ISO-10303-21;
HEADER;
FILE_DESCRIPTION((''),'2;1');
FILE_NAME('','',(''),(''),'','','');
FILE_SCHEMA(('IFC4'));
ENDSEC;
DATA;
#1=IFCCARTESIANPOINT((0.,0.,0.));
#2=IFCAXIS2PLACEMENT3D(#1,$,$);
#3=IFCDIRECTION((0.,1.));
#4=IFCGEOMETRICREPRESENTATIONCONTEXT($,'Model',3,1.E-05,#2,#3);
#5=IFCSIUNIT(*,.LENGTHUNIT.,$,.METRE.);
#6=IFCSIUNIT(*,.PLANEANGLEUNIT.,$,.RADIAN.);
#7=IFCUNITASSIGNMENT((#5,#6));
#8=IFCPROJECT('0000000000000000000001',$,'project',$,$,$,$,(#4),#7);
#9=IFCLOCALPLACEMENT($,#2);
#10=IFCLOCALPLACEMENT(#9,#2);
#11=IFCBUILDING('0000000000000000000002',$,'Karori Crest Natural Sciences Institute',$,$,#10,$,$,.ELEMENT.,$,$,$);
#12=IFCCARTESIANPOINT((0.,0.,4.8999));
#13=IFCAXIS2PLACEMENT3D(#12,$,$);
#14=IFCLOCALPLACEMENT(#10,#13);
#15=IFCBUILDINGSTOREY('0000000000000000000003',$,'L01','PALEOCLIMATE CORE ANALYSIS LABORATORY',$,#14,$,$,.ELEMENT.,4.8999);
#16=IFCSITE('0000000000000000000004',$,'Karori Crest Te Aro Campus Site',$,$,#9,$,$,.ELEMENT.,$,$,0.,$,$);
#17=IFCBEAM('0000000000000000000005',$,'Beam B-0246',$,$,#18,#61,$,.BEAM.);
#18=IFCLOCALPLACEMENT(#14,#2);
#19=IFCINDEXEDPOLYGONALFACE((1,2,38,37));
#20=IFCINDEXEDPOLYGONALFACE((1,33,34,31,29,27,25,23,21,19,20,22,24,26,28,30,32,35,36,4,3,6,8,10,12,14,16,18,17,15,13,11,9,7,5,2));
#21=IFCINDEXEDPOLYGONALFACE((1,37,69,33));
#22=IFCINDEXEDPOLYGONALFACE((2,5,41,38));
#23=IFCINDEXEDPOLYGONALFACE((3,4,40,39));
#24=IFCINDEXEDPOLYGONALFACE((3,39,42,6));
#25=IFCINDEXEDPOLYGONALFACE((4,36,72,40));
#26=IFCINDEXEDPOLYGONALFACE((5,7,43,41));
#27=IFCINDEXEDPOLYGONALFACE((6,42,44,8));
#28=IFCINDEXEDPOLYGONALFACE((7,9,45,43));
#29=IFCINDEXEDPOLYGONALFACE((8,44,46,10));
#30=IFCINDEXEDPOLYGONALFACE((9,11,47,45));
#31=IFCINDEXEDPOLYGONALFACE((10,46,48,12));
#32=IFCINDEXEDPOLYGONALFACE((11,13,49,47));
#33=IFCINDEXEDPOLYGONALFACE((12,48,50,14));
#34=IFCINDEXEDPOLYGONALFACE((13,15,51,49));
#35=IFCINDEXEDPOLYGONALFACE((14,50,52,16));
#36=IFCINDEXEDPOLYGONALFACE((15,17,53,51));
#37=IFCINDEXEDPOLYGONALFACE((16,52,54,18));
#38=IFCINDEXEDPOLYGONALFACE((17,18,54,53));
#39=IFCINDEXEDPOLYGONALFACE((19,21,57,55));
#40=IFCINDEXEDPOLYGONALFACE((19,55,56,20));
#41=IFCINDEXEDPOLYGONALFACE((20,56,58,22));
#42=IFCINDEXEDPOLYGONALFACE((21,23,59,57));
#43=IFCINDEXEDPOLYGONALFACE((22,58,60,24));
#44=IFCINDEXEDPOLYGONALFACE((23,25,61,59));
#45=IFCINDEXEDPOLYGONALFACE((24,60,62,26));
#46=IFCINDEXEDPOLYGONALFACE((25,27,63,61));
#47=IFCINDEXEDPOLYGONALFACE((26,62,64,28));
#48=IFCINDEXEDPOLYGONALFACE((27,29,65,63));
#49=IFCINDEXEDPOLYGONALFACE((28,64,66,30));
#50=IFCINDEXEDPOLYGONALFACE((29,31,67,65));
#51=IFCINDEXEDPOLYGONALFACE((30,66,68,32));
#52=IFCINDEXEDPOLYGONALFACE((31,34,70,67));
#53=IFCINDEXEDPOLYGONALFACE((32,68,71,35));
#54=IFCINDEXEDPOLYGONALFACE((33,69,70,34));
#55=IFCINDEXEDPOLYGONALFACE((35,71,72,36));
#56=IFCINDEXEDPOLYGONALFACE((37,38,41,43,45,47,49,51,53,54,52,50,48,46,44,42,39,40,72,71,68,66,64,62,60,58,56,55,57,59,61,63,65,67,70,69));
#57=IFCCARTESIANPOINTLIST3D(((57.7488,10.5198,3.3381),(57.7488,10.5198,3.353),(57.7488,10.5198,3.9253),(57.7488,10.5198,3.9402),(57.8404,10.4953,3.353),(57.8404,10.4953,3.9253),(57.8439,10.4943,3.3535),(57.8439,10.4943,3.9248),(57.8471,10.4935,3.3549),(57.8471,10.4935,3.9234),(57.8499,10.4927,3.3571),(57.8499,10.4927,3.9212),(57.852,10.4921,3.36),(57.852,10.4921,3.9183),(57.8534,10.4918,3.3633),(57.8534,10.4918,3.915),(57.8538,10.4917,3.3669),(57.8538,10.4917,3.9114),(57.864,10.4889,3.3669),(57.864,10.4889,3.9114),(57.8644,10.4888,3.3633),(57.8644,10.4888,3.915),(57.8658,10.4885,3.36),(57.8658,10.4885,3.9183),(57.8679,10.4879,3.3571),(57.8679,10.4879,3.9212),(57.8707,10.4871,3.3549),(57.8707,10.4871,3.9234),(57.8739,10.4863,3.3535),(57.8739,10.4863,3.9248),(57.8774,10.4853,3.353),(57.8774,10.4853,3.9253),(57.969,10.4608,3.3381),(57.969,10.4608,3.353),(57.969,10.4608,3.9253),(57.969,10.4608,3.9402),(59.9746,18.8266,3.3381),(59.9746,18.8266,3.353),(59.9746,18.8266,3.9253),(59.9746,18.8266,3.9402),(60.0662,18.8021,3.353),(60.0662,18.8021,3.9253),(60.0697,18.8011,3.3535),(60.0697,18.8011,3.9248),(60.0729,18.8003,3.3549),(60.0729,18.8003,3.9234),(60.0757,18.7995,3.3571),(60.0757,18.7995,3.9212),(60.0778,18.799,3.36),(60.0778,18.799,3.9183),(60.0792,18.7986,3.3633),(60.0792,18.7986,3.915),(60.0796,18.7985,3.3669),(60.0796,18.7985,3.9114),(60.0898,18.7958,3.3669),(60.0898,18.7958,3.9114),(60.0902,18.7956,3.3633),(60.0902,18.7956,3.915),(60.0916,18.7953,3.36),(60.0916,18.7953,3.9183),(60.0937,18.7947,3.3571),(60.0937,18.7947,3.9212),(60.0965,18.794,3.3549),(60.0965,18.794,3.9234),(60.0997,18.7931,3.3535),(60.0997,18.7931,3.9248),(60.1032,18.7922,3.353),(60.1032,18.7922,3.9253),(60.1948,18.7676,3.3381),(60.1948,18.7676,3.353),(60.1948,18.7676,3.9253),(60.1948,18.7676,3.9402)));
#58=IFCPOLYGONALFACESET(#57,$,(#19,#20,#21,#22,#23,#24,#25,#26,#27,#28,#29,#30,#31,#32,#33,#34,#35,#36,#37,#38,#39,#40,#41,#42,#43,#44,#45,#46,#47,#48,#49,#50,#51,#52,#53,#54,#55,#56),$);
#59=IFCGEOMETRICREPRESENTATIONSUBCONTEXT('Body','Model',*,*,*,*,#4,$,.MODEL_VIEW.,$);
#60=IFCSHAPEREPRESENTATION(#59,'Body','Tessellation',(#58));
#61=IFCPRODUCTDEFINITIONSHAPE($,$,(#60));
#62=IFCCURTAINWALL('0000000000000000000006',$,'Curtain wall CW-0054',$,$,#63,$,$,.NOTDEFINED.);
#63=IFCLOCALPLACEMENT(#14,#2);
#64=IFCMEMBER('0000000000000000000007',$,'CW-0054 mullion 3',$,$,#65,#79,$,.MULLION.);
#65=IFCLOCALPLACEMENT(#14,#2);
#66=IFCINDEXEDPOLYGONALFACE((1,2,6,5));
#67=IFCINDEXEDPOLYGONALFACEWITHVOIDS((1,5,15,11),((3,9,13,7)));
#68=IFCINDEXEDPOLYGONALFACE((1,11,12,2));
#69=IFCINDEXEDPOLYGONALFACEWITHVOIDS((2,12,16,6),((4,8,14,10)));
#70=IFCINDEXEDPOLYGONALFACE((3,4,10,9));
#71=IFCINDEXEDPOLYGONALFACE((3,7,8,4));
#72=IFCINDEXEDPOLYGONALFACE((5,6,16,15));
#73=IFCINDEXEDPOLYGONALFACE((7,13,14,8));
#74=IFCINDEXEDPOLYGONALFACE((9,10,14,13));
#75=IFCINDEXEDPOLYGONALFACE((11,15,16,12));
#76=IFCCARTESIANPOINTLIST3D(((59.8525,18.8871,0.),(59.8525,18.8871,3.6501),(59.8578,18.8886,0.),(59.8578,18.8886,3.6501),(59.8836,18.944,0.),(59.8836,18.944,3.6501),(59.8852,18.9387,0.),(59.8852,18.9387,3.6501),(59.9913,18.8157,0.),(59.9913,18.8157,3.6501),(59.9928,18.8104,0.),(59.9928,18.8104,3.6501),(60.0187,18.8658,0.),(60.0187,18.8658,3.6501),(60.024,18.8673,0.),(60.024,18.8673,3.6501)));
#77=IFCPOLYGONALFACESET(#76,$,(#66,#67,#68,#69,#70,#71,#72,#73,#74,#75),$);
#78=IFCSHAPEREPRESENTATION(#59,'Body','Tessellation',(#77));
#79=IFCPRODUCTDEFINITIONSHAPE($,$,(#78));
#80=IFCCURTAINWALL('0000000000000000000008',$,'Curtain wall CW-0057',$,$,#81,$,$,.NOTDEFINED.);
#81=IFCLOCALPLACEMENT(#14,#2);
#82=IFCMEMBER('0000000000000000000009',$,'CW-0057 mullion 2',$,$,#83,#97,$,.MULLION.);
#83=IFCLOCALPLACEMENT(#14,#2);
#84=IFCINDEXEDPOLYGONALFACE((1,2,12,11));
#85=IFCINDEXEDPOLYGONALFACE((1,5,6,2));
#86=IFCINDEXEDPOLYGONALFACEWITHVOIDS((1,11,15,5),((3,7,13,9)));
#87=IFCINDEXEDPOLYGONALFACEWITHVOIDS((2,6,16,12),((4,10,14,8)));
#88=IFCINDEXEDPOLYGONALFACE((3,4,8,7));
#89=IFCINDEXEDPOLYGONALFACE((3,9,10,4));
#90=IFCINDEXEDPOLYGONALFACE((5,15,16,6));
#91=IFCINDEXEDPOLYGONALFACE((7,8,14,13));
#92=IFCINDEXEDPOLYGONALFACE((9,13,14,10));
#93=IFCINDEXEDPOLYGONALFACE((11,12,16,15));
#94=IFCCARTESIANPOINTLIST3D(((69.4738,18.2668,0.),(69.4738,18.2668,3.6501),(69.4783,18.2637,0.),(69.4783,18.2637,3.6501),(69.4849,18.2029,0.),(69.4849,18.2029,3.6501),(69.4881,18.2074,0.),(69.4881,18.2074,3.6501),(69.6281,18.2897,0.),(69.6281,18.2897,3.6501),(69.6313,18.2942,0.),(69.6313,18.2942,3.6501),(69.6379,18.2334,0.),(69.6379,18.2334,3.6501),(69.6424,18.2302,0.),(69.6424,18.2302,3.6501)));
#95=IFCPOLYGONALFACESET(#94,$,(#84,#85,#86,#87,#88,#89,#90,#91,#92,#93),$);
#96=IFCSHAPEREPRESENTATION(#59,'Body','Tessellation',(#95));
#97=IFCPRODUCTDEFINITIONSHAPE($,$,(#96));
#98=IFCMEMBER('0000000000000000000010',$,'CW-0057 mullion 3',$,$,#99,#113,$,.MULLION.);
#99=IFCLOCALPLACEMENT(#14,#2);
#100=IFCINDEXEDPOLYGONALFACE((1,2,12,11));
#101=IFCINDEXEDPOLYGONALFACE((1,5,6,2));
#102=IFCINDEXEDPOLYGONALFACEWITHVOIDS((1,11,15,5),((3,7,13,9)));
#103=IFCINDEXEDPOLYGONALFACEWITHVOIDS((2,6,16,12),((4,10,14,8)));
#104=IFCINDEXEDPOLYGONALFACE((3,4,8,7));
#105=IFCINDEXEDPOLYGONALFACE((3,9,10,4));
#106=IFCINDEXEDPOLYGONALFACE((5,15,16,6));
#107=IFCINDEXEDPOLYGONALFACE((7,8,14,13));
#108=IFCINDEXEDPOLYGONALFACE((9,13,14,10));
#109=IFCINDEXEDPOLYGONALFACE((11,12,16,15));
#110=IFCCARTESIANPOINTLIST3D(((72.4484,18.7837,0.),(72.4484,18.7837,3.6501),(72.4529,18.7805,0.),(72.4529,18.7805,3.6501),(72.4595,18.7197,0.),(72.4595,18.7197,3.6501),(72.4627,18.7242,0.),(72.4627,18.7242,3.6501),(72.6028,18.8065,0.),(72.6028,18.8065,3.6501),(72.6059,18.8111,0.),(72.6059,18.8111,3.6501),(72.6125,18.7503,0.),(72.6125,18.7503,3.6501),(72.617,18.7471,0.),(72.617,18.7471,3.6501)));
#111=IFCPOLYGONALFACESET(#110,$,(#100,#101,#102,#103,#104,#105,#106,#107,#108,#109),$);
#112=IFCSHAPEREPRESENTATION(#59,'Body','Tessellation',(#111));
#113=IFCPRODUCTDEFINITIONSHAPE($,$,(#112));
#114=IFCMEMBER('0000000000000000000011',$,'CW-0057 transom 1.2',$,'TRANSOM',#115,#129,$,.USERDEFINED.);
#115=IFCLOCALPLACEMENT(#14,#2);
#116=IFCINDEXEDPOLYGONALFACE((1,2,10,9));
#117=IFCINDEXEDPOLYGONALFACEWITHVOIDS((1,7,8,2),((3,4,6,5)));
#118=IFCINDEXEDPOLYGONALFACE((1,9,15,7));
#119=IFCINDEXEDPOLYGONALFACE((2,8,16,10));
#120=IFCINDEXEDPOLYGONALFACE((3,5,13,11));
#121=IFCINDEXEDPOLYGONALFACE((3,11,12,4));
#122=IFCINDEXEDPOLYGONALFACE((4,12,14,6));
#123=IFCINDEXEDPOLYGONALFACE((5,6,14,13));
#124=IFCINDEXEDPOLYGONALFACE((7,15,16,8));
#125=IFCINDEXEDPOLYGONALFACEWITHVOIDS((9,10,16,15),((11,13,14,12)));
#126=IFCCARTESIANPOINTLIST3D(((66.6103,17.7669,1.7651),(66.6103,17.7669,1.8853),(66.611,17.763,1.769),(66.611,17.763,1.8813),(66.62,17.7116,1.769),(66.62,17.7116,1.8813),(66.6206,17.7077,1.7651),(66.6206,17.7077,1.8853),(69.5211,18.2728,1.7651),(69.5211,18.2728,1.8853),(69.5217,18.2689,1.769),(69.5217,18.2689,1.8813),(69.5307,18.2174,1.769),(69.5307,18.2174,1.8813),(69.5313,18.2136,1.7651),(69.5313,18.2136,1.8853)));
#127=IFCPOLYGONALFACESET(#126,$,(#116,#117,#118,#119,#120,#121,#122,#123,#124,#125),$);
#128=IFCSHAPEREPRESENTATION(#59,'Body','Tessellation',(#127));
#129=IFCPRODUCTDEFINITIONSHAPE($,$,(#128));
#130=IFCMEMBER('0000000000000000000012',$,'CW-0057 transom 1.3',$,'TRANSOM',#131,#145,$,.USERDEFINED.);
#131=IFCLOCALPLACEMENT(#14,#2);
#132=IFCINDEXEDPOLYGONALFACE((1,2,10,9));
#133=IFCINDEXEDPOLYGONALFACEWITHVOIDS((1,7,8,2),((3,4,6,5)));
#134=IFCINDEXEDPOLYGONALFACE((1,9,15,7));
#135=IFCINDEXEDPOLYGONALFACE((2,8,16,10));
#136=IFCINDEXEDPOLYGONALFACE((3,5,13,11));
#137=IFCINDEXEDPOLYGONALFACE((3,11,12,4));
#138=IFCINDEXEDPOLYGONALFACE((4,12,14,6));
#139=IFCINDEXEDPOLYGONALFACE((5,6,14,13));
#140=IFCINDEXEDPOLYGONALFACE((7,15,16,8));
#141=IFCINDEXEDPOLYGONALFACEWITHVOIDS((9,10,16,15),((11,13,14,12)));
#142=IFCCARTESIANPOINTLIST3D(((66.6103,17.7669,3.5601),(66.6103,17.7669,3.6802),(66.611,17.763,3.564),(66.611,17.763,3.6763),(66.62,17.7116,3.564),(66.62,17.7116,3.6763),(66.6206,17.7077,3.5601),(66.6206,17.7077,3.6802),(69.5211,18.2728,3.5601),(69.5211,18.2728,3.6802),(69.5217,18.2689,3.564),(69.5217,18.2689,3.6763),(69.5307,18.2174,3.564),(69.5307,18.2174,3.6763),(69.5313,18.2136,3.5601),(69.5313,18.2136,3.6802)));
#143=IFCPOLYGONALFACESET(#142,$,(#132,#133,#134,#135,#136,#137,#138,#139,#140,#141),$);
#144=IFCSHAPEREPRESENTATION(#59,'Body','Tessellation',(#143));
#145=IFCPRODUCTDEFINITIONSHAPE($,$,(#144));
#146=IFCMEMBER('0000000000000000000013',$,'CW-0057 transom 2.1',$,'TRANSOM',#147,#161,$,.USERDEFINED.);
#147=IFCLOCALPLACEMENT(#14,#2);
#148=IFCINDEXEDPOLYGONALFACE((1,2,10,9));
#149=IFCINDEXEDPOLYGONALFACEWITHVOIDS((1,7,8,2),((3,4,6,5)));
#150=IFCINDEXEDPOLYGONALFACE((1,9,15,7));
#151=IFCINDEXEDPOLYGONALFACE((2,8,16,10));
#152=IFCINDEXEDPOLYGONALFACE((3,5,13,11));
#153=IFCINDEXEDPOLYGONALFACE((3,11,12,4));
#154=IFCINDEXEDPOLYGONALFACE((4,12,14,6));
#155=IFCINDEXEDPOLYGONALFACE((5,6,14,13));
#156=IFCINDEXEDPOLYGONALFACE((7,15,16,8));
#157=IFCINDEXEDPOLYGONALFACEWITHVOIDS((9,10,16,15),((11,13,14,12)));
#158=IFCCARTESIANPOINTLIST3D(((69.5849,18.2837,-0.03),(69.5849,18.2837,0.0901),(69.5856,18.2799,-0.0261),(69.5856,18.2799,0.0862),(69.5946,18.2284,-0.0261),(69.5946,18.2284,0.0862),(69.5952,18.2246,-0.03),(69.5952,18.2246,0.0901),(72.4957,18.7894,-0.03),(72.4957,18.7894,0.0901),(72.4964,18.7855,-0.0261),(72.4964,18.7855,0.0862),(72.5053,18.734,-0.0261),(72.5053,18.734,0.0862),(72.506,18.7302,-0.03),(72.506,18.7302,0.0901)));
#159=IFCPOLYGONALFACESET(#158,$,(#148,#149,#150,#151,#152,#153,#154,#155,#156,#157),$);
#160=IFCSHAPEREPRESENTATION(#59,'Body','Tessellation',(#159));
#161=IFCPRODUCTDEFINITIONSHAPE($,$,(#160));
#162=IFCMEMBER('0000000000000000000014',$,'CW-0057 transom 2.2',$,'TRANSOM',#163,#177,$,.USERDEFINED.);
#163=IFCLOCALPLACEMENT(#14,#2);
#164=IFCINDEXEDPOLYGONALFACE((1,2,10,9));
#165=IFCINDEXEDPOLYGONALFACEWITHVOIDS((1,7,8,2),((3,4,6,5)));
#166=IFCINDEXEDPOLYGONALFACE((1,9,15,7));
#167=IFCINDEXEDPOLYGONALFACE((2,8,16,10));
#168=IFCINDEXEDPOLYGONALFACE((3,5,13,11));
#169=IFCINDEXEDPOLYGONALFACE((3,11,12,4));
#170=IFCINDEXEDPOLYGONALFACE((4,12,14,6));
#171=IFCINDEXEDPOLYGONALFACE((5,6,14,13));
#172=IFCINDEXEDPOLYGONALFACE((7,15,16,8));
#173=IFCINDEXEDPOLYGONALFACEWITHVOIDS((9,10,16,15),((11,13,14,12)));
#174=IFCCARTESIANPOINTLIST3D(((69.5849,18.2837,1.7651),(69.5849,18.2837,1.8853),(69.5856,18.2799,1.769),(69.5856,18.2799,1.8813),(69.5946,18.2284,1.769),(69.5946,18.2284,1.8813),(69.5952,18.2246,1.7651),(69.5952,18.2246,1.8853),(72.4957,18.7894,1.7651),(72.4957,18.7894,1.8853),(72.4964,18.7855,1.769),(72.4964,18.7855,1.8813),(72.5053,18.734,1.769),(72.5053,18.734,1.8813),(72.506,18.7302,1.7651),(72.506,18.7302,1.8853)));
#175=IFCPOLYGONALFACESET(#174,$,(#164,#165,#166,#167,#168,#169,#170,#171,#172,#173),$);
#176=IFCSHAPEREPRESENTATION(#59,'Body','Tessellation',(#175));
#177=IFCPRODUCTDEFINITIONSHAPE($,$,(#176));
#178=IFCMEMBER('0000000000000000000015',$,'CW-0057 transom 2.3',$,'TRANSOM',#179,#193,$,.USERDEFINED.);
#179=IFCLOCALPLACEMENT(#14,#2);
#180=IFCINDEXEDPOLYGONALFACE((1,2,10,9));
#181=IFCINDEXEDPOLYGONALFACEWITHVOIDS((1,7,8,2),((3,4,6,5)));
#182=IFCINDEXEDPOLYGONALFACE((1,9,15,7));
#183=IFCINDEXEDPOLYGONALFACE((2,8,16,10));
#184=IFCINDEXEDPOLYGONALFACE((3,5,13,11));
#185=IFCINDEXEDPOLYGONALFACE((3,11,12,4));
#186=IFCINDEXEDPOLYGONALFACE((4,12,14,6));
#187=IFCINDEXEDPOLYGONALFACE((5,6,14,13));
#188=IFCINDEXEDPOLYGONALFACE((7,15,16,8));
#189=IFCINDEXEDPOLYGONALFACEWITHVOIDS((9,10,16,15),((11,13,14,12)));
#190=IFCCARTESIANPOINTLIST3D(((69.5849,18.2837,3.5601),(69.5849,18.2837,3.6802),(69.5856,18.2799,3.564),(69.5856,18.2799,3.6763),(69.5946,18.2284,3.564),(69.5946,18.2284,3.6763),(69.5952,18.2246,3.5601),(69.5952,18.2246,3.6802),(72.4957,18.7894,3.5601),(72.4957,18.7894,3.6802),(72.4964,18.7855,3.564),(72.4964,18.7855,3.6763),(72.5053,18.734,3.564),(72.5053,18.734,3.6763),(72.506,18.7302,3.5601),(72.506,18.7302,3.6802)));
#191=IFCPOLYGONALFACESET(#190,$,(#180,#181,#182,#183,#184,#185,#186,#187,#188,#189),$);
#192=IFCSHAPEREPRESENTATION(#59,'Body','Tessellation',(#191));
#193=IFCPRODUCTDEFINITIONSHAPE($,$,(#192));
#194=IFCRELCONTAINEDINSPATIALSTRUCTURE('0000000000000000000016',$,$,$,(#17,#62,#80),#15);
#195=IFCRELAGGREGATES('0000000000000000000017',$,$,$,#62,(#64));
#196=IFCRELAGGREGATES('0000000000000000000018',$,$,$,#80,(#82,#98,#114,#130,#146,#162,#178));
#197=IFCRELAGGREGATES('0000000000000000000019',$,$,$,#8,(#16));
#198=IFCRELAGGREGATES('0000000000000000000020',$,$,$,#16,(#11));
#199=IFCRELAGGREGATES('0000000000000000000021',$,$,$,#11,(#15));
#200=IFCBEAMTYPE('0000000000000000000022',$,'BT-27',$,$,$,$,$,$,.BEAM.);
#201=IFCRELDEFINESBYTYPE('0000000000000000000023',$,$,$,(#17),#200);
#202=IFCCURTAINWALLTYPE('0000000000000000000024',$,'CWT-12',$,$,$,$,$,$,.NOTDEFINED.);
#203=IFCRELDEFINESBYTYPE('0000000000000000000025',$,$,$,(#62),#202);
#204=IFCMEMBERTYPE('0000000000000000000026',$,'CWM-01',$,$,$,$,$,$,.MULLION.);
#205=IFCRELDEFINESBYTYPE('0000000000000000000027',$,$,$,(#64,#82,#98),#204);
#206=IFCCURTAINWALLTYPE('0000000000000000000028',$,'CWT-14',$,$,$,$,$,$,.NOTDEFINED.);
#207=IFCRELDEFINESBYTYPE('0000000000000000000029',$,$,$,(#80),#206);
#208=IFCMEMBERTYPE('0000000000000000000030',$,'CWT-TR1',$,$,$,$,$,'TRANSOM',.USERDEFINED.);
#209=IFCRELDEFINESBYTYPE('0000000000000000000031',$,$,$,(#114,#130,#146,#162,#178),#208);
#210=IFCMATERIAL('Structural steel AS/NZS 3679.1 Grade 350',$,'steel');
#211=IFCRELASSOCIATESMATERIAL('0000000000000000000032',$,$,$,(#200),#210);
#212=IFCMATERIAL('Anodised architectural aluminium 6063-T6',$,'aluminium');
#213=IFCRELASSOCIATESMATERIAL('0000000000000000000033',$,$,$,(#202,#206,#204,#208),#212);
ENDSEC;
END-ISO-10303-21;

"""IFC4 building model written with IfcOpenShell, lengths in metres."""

from ifc_helpers import new_model, si_unit, direction, frame, origin, origin_2d, place, context, subcontext, project, spatial, hollow_rectangle, i_section, extrude, material, material_profile, profile_set, type_object, element, aggregate, save


model = new_model("IFC4")

# Units and contexts
model_context = context("Model", 3, precision=1e-05, world=origin(), true_north=direction((0.0, 1.0)))
body_context = subcontext(model_context, "Body", "Model", "MODEL_VIEW")
ifc_project = project(units=[si_unit("LENGTHUNIT", "METRE"), si_unit("PLANEANGLEUNIT", "RADIAN")], contexts=[model_context])

# Site, building, storey
site_placement = place(None, origin())
site = spatial("IfcSite", under=ifc_project, at=site_placement, Name="Karori Crest Te Aro Campus Site", CompositionType="ELEMENT", RefElevation=0.0)
building_placement = place(site_placement, origin())
building = spatial("IfcBuilding", under=site, at=building_placement, Name="Karori Crest Natural Sciences Institute", CompositionType="ELEMENT")
storey_placement = place(building_placement, frame((0.0, 0.0, 4.8999)))
storey = spatial("IfcBuildingStorey", under=building, at=storey_placement, Name="L01", Description="PALEOCLIMATE CORE ANALYSIS LABORATORY", CompositionType="ELEMENT", Elevation=4.8999)

# Shared definitions
ifc_material_1 = material(Name="Structural steel AS/NZS 3679.1 Grade 350", Category="steel")

# Beam
ifc_material_profile_1 = material_profile(ifc_material_1, i_section(OverallWidth=0.228, OverallDepth=0.6021, WebThickness=0.0105, FlangeThickness=0.0149, FilletRadius=0.0139, at=origin_2d()), Name="610UB101")
ifc_profile_set_1 = profile_set([ifc_material_profile_1], Name="Structural steel AS/NZS 3679.1 Grade 350")
beam_type_1 = type_object("IfcBeamType", Name="BT-27", PredefinedType="BEAM", material=ifc_profile_set_1)
beam_1_placement = place(storey_placement, frame((60.0847, 18.7971, 3.6392), z_axis=(-0.25882, -0.965926, 0.0), x_axis=(0.965926, -0.25882, 0.0)))
element("IfcBeam", 1, at=beam_1_placement, inside=storey, type_object=beam_type_1, Name="Beam B-0246", PredefinedType="BEAM", context=body_context, shape_type="SweptSolid", body=[
    extrude(i_section(OverallWidth=0.228, OverallDepth=0.6021, WebThickness=0.0105, FlangeThickness=0.0149, FilletRadius=0.0139, at=origin_2d()), origin(), (0.0, 0.0, 1.0), 8.5999),
])

# Curtain wall, member
ifc_material_2 = material(Name="Anodised architectural aluminium 6063-T6", Category="aluminium")
curtain_wall_type_1 = type_object("IfcCurtainWallType", Name="CWT-12", PredefinedType="NOTDEFINED", material=ifc_material_2)
curtain_wall_1_placement = place(storey_placement, origin())
curtain_wall_1 = element("IfcCurtainWall", 2, at=curtain_wall_1_placement, inside=storey, type_object=curtain_wall_type_1, Name="Curtain wall CW-0054", PredefinedType="NOTDEFINED")
ifc_material_profile_2 = material_profile(ifc_material_2, hollow_rectangle(XDim=0.0649, YDim=0.1599, WallThickness=0.0039, at=origin_2d()), Name="CWM160x65x4")
ifc_profile_set_2 = profile_set([ifc_material_profile_2], Name="Anodised architectural aluminium 6063-T6")
member_type_1 = type_object("IfcMemberType", Name="CWM-01", PredefinedType="MULLION", material=ifc_profile_set_2)
member_1_placement = place(storey_placement, frame((59.9382, 18.8772, 0.0), z_axis=(0.0, 0.0, 1.0), x_axis=(0.479643, 0.877464, 0.0)))
member_1 = element("IfcMember", 3, at=member_1_placement, type_object=member_type_1, Name="CW-0054 mullion 3", PredefinedType="MULLION", context=body_context, shape_type="SweptSolid", body=[
    extrude(hollow_rectangle(XDim=0.0649, YDim=0.1599, WallThickness=0.0039, at=origin_2d()), origin(), (0.0, 0.0, 1.0), 3.6501),
])
aggregate(curtain_wall_1, [member_1])

# Curtain wall, members
curtain_wall_type_2 = type_object("IfcCurtainWallType", Name="CWT-14", PredefinedType="NOTDEFINED", material=ifc_material_2)
curtain_wall_2_placement = place(storey_placement, origin())
curtain_wall_2 = element("IfcCurtainWall", 4, at=curtain_wall_2_placement, inside=storey, type_object=curtain_wall_type_2, Name="Curtain wall CW-0057", PredefinedType="NOTDEFINED")
member_2_placement = place(storey_placement, frame((69.5581, 18.2485, 0.0), z_axis=(0.0, 0.0, 1.0), x_axis=(-0.17117, 0.985241, 0.0)))
member_2 = element("IfcMember", 5, at=member_2_placement, type_object=member_type_1, Name="CW-0057 mullion 2", PredefinedType="MULLION", context=body_context, shape_type="SweptSolid", body=[
    extrude(hollow_rectangle(XDim=0.0649, YDim=0.1599, WallThickness=0.0039, at=origin_2d()), origin(), (0.0, 0.0, 1.0), 3.6501),
])
member_3_placement = place(storey_placement, frame((72.5327, 18.7654, 0.0), z_axis=(0.0, 0.0, 1.0), x_axis=(-0.17117, 0.985241, 0.0)))
member_3 = element("IfcMember", 6, at=member_3_placement, type_object=member_type_1, Name="CW-0057 mullion 3", PredefinedType="MULLION", context=body_context, shape_type="SweptSolid", body=[
    extrude(hollow_rectangle(XDim=0.0649, YDim=0.1599, WallThickness=0.0039, at=origin_2d()), origin(), (0.0, 0.0, 1.0), 3.6501),
])
ifc_material_profile_3 = material_profile(ifc_material_2, hollow_rectangle(XDim=0.0601, YDim=0.1201, WallThickness=0.0039, at=origin_2d()), Name="CWT120x60x4")
ifc_profile_set_3 = profile_set([ifc_material_profile_3], Name="Anodised architectural aluminium 6063-T6")
member_type_2 = type_object("IfcMemberType", Name="CWT-TR1", ElementType="TRANSOM", PredefinedType="USERDEFINED", material=ifc_profile_set_3)
member_4_placement = place(storey_placement, frame((66.6155, 17.7373, 1.8252), z_axis=(0.985231, 0.17123, 0.0), x_axis=(-0.17123, 0.985231, 0.0)))
member_4 = element("IfcMember", 7, at=member_4_placement, type_object=member_type_2, Name="CW-0057 transom 1.2", ObjectType="TRANSOM", PredefinedType="USERDEFINED", context=body_context, shape_type="SweptSolid", body=[
    extrude(hollow_rectangle(XDim=0.0601, YDim=0.1201, WallThickness=0.0039, at=origin_2d()), origin(), (0.0, 0.0, 1.0), 2.9543),
])
member_5_placement = place(storey_placement, frame((66.6155, 17.7373, 3.6201), z_axis=(0.985231, 0.17123, 0.0), x_axis=(-0.17123, 0.985231, 0.0)))
member_5 = element("IfcMember", 8, at=member_5_placement, type_object=member_type_2, Name="CW-0057 transom 1.3", ObjectType="TRANSOM", PredefinedType="USERDEFINED", context=body_context, shape_type="SweptSolid", body=[
    extrude(hollow_rectangle(XDim=0.0601, YDim=0.1201, WallThickness=0.0039, at=origin_2d()), origin(), (0.0, 0.0, 1.0), 2.9543),
])
member_6_placement = place(storey_placement, frame((69.5901, 18.2542, 0.03), z_axis=(0.985245, 0.171149, 0.0), x_axis=(-0.171149, 0.985245, 0.0)))
member_6 = element("IfcMember", 9, at=member_6_placement, type_object=member_type_2, Name="CW-0057 transom 2.1", ObjectType="TRANSOM", PredefinedType="USERDEFINED", context=body_context, shape_type="SweptSolid", body=[
    extrude(hollow_rectangle(XDim=0.0601, YDim=0.1201, WallThickness=0.0039, at=origin_2d()), origin(), (0.0, 0.0, 1.0), 2.9543),
])
member_7_placement = place(storey_placement, frame((69.5901, 18.2542, 1.8252), z_axis=(0.985245, 0.171149, 0.0), x_axis=(-0.171149, 0.985245, 0.0)))
member_7 = element("IfcMember", 10, at=member_7_placement, type_object=member_type_2, Name="CW-0057 transom 2.2", ObjectType="TRANSOM", PredefinedType="USERDEFINED", context=body_context, shape_type="SweptSolid", body=[
    extrude(hollow_rectangle(XDim=0.0601, YDim=0.1201, WallThickness=0.0039, at=origin_2d()), origin(), (0.0, 0.0, 1.0), 2.9543),
])
member_8_placement = place(storey_placement, frame((69.5901, 18.2542, 3.6201), z_axis=(0.985245, 0.171149, 0.0), x_axis=(-0.171149, 0.985245, 0.0)))
member_8 = element("IfcMember", 11, at=member_8_placement, type_object=member_type_2, Name="CW-0057 transom 2.3", ObjectType="TRANSOM", PredefinedType="USERDEFINED", context=body_context, shape_type="SweptSolid", body=[
    extrude(hollow_rectangle(XDim=0.0601, YDim=0.1201, WallThickness=0.0039, at=origin_2d()), origin(), (0.0, 0.0, 1.0), 2.9543),
])
aggregate(curtain_wall_2, [member_2, member_3, member_4, member_5, member_6, member_7, member_8])

save(model, "model.ifc")
